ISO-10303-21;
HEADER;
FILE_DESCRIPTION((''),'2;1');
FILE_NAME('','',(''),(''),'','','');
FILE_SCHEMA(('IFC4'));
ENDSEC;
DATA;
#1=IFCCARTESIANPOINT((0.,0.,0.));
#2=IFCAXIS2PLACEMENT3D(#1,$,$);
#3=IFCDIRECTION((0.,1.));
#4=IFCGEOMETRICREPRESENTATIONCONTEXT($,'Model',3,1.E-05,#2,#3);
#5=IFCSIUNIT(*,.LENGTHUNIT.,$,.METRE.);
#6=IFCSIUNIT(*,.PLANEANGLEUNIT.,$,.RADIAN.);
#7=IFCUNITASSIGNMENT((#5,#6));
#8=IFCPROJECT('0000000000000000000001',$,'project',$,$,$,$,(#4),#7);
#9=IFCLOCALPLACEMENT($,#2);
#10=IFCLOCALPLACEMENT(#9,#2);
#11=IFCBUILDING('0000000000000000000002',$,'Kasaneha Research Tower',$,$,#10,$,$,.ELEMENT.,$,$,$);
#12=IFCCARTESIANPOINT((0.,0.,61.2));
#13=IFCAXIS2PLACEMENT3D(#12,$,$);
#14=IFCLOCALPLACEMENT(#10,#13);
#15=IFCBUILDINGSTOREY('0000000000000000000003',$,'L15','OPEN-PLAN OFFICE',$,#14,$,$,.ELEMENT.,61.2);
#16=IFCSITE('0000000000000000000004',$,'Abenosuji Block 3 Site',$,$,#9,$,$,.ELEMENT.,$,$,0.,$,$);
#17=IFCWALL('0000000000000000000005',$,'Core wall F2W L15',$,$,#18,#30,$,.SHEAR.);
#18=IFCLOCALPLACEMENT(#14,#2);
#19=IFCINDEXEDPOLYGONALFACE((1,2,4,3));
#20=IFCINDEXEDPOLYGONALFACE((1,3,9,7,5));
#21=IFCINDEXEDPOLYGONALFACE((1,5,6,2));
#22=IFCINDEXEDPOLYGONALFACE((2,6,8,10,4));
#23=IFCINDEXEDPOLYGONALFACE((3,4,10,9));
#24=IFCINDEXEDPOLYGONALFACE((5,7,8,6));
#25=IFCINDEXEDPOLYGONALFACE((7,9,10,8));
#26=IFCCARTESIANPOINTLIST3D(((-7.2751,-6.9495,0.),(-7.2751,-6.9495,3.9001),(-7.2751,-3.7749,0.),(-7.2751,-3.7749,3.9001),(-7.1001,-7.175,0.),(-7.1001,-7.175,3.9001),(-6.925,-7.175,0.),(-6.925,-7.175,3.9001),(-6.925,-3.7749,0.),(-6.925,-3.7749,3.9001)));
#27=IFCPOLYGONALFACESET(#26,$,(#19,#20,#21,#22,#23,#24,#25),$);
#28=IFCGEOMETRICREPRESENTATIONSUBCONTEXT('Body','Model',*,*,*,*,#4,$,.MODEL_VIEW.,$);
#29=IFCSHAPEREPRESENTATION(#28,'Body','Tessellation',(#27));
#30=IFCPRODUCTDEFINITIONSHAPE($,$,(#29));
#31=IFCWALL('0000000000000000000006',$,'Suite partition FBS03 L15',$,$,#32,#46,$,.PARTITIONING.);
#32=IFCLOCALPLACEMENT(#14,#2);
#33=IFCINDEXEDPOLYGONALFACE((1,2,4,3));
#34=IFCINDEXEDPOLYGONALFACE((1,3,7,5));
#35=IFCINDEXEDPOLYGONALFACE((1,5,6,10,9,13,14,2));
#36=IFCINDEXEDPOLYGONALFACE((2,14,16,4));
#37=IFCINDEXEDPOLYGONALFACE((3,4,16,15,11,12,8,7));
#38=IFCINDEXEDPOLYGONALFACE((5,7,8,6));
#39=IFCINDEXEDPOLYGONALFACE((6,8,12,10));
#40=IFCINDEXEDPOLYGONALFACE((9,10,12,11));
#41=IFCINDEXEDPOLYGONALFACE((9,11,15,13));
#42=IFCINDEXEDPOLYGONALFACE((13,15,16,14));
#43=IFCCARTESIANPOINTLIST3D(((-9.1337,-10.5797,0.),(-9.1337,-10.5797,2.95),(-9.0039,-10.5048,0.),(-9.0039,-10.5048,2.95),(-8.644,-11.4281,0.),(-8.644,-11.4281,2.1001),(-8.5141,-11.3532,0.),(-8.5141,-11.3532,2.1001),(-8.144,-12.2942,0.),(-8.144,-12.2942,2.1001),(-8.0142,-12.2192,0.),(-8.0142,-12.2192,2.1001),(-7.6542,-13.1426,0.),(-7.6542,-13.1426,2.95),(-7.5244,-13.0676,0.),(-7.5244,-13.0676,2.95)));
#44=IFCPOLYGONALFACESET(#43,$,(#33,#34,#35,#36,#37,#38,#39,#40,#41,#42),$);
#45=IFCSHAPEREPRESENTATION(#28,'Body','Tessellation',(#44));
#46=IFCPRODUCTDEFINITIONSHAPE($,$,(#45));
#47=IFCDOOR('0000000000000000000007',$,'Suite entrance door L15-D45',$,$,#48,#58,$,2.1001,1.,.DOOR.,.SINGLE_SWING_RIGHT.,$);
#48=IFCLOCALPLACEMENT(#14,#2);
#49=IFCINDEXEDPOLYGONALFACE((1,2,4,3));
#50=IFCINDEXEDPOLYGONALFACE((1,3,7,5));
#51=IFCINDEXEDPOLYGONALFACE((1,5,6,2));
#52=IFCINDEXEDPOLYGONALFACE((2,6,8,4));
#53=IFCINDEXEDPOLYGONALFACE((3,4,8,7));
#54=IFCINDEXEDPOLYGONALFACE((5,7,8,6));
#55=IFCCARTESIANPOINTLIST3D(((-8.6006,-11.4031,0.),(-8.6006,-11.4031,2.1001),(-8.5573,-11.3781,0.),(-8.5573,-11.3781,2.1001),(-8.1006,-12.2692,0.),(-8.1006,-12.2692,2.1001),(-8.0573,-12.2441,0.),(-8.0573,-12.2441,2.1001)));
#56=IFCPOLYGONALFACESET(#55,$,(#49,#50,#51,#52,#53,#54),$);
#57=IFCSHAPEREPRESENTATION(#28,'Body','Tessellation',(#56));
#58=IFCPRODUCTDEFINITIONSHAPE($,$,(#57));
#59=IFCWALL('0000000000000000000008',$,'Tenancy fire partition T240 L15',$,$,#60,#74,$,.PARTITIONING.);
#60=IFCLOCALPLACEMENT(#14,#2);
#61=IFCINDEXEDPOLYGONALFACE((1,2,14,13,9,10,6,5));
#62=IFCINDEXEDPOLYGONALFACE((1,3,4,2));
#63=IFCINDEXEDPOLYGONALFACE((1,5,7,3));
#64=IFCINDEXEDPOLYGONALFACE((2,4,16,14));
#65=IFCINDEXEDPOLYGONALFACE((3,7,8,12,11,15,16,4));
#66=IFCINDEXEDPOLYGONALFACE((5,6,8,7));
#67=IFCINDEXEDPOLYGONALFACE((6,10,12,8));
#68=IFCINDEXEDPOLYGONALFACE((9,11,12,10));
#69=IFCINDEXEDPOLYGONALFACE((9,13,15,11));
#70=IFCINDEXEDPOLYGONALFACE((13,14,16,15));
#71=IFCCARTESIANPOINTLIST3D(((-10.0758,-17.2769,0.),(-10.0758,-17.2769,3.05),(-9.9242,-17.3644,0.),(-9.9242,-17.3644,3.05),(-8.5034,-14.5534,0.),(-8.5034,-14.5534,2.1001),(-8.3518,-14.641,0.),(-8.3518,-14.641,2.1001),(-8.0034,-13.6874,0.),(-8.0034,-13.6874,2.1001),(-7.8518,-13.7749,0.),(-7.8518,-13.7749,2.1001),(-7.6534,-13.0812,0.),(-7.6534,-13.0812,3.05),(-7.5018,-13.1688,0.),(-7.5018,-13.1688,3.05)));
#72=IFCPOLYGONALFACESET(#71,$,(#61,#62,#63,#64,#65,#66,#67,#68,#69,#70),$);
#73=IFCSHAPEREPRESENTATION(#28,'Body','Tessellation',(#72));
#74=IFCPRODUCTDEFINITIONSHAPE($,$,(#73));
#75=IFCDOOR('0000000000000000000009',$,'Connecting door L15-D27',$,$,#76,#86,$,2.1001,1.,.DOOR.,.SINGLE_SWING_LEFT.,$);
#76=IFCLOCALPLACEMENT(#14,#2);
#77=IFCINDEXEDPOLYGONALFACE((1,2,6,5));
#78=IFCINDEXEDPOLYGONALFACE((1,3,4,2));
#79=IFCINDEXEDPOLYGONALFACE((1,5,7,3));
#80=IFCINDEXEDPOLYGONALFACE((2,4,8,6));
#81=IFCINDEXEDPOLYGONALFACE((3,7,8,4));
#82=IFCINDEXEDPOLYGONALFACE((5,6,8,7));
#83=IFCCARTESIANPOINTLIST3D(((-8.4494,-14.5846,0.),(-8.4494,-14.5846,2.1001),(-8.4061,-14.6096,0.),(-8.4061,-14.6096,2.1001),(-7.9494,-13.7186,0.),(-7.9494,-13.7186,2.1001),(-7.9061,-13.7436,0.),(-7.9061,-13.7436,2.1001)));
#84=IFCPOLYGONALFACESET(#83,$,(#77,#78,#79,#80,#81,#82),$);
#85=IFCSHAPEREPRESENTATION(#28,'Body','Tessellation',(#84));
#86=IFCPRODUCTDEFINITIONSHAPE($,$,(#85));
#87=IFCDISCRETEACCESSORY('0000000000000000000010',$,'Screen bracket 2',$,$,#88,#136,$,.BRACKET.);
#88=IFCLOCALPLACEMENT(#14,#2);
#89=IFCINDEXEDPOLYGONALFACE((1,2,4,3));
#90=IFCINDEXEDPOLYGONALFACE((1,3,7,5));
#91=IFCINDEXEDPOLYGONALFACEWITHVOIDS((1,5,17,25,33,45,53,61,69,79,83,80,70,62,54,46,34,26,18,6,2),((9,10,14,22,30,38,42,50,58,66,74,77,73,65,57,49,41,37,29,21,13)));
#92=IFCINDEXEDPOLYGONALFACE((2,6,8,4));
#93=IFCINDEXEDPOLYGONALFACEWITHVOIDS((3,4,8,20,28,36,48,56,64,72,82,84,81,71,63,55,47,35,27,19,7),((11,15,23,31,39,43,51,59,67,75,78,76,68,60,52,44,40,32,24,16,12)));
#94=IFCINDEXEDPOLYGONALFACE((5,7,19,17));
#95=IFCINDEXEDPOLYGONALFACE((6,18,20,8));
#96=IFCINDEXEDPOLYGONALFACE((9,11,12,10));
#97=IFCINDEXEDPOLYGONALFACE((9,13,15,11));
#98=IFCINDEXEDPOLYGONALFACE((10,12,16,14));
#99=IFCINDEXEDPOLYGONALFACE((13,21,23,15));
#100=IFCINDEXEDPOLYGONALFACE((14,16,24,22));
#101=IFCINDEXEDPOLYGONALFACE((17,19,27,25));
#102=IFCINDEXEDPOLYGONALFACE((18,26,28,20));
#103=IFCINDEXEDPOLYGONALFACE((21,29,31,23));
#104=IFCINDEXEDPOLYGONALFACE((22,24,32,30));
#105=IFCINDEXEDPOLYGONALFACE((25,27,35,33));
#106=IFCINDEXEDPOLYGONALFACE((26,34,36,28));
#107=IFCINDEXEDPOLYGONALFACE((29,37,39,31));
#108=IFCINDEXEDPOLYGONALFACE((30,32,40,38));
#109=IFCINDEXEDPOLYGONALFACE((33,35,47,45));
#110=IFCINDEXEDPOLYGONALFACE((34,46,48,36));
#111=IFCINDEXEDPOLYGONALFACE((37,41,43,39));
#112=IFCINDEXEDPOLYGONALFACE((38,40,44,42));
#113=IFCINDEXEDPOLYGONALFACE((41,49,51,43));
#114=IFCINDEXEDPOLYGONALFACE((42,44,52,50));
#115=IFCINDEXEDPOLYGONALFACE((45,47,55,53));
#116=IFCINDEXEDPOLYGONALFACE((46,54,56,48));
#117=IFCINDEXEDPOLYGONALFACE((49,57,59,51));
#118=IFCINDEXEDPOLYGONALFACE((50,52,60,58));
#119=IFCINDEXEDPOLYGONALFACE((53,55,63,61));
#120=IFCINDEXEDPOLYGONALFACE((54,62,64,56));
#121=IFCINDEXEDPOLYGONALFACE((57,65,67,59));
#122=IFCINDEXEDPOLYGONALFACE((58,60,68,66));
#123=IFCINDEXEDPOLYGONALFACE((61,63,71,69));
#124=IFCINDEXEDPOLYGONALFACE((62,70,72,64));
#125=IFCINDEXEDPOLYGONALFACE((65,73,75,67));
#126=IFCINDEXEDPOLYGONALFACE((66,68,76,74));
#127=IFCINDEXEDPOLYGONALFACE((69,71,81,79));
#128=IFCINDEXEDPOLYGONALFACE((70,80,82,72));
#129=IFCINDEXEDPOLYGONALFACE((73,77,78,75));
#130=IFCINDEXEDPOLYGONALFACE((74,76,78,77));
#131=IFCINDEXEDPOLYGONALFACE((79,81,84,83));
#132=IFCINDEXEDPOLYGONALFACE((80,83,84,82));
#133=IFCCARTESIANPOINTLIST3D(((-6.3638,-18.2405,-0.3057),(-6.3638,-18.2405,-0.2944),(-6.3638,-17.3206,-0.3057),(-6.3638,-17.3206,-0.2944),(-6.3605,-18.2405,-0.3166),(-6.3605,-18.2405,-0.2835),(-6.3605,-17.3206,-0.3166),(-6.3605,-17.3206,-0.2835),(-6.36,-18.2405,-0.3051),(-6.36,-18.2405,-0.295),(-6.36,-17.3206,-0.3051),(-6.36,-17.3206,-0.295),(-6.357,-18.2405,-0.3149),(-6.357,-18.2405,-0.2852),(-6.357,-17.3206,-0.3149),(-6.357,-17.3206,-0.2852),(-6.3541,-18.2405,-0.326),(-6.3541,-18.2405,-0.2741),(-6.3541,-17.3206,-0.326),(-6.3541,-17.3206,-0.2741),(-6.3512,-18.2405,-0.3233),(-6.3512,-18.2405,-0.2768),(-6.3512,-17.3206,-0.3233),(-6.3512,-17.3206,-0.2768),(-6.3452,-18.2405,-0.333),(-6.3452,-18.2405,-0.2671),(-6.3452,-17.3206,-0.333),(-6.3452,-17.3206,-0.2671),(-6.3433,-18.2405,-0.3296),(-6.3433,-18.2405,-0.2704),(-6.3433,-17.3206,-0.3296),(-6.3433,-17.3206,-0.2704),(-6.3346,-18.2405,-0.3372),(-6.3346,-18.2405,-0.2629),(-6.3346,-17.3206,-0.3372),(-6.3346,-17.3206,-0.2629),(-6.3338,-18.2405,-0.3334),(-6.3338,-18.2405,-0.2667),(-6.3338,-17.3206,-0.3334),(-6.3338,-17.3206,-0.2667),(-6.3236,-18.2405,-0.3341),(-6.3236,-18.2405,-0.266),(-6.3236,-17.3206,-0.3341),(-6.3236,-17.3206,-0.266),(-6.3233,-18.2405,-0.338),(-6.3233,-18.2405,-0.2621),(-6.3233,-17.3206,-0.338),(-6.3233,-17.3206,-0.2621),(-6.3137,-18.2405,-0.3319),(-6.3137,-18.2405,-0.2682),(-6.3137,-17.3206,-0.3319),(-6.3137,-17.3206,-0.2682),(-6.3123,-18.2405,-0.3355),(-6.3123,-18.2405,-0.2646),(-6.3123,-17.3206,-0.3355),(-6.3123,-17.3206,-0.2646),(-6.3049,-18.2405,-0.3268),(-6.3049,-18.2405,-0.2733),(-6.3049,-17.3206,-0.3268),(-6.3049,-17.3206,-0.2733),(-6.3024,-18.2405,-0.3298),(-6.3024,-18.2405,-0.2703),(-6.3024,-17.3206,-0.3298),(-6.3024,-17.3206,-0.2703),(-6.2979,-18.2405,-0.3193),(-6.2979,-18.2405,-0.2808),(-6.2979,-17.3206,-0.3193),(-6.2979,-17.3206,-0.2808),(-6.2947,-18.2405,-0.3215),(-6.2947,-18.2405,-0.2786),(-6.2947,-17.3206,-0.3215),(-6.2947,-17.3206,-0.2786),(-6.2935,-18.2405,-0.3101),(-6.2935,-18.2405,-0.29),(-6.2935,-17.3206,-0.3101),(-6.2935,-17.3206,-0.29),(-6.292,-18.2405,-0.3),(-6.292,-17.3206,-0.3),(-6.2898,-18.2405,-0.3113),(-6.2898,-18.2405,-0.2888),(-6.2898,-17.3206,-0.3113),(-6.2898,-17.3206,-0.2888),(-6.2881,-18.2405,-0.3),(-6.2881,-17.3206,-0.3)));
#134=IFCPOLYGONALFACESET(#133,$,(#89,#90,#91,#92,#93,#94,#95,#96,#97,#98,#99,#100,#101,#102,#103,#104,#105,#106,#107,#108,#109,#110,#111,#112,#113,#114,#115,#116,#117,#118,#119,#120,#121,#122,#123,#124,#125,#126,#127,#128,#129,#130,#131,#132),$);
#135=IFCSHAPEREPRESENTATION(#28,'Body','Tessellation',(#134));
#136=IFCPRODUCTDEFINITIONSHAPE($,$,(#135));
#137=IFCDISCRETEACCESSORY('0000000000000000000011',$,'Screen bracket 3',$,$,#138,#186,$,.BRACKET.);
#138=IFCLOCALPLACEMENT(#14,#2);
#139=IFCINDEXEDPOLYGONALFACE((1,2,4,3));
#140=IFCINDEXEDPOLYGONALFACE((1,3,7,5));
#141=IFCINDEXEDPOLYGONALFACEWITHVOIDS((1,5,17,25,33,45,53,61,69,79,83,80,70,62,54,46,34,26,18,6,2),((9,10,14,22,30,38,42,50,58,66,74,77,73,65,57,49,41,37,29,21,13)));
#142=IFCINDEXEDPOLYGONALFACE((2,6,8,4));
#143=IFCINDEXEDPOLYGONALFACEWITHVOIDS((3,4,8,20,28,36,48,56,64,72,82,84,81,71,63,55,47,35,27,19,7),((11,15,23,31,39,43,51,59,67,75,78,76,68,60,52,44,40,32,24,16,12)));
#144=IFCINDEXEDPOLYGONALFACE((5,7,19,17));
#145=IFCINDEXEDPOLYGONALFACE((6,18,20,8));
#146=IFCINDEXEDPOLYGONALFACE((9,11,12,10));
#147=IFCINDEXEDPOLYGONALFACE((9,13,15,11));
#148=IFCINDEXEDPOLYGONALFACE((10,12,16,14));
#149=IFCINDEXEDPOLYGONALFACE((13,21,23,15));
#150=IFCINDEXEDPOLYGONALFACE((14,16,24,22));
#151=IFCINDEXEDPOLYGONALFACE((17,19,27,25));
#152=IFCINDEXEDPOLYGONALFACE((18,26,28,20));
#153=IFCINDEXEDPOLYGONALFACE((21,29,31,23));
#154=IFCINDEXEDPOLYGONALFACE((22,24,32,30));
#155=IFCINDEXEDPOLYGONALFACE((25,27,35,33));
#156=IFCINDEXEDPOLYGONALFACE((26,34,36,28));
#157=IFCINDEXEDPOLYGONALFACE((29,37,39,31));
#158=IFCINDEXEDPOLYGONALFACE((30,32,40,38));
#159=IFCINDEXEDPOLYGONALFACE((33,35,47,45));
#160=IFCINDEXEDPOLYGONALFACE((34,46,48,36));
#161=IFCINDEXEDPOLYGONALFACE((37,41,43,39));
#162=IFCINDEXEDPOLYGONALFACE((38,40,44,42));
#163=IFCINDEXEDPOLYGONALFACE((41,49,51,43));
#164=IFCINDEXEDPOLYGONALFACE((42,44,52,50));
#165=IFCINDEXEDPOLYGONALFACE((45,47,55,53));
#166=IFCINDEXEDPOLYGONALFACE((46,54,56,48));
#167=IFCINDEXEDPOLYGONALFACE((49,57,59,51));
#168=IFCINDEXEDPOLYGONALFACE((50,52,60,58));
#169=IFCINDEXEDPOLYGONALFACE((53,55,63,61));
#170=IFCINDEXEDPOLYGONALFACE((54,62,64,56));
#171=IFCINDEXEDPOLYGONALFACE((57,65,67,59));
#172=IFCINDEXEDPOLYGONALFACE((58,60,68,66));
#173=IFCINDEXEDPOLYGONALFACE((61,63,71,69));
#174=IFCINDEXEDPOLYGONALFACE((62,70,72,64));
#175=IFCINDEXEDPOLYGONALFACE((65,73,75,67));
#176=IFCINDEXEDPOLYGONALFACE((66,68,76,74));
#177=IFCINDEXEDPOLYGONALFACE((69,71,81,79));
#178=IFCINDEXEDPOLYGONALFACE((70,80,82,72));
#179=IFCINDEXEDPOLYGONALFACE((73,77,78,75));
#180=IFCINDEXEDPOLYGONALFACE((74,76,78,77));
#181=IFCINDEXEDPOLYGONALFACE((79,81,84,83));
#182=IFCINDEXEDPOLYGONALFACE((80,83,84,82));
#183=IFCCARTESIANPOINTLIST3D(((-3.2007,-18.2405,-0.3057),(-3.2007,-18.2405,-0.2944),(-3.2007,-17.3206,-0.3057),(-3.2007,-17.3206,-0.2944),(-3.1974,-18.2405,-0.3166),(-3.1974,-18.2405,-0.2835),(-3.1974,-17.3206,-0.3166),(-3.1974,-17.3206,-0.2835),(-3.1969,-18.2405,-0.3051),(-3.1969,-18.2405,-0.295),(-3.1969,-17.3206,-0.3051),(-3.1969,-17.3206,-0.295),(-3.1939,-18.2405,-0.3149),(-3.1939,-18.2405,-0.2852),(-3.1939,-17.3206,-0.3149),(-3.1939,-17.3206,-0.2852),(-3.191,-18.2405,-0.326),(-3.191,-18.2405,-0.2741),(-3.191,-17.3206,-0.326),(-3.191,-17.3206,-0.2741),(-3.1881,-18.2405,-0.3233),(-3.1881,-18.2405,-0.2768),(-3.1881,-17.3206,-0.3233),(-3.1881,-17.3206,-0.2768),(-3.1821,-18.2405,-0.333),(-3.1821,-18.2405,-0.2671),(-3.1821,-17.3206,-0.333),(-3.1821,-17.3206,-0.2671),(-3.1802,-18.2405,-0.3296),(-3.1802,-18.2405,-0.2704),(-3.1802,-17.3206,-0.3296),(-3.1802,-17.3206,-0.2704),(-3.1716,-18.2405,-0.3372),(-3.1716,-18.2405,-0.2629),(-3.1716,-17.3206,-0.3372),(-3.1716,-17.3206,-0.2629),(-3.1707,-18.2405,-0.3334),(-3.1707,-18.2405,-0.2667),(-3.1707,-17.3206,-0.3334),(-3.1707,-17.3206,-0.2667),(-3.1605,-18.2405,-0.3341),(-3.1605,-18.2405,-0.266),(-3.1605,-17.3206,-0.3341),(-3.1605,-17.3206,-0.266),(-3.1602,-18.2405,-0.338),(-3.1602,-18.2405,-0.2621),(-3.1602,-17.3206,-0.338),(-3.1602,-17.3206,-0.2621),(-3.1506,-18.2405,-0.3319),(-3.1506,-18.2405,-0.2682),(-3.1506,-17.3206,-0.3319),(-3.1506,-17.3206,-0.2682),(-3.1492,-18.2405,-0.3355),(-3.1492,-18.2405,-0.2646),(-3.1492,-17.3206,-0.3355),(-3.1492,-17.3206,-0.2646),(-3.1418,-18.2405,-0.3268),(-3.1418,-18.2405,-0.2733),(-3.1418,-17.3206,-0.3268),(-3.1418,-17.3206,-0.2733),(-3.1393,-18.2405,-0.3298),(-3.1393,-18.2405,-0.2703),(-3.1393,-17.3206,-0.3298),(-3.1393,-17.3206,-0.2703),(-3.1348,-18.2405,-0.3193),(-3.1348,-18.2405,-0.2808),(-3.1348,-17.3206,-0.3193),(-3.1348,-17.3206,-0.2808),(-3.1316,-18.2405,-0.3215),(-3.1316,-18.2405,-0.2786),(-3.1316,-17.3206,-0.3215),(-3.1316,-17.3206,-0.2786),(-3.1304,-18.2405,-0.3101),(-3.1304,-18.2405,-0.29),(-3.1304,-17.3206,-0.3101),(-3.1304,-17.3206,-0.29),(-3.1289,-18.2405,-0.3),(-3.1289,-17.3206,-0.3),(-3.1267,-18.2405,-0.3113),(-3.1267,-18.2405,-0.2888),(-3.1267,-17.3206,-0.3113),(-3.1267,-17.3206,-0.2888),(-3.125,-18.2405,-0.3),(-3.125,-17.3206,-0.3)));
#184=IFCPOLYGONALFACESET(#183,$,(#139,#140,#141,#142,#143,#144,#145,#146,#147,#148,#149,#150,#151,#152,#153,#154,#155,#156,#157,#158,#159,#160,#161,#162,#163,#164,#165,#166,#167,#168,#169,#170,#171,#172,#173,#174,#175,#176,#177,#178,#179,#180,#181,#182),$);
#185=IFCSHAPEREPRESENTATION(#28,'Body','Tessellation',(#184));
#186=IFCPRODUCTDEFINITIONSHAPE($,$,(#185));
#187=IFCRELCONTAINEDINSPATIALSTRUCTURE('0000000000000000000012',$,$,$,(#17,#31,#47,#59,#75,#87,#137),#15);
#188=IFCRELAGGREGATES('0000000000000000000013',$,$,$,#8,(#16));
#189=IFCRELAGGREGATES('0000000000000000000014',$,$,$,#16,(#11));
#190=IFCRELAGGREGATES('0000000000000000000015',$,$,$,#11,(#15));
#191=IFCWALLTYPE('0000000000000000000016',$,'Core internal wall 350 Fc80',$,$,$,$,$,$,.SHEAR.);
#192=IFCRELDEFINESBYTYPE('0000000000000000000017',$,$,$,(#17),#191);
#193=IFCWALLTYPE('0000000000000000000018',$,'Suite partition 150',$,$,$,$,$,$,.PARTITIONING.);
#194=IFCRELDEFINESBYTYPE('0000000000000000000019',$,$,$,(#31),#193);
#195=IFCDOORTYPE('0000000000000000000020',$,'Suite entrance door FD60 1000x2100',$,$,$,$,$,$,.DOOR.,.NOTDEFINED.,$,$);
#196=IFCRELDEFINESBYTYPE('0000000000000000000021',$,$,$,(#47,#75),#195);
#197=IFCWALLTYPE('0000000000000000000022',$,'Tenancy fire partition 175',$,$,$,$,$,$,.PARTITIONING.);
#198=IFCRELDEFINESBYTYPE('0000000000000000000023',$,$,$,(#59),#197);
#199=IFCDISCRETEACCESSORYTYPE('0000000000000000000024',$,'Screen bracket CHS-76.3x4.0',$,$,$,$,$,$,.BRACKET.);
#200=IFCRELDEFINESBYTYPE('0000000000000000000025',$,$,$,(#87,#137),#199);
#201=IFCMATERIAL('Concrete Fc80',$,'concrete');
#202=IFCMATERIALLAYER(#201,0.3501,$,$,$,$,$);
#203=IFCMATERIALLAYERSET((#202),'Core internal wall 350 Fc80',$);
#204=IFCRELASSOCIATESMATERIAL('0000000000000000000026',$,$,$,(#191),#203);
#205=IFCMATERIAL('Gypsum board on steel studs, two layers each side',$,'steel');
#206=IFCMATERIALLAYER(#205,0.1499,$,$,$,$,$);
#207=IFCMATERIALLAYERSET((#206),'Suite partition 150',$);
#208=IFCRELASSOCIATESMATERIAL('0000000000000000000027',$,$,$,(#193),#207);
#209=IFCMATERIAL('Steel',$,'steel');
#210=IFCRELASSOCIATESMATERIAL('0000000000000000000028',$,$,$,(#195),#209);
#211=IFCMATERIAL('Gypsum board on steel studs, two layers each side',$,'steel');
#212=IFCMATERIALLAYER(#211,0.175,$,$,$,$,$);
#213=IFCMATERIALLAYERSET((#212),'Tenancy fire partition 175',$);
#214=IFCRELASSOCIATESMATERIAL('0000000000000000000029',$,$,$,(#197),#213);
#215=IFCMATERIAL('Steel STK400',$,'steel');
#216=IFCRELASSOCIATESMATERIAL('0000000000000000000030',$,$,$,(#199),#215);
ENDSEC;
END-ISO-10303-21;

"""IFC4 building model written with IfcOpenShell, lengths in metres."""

from ifc_helpers import new_model, si_unit, direction, frame, frame_2d, origin, origin_2d, place, context, subcontext, project, spatial, polyline, rectangle, hollow_circle, outline, extrude, material, layer, layer_set, material_profile, profile_set, type_object, element, fill, save


model = new_model("IFC4")

# Units and contexts
model_context = context("Model", 3, precision=1e-05, world=origin(), true_north=direction((0.0, 1.0)))
body_context = subcontext(model_context, "Body", "Model", "MODEL_VIEW")
ifc_project = project(units=[si_unit("LENGTHUNIT", "METRE"), si_unit("PLANEANGLEUNIT", "RADIAN")], contexts=[model_context])

# Site, building, storey
site_placement = place(None, origin())
site = spatial("IfcSite", under=ifc_project, at=site_placement, Name="Abenosuji Block 3 Site", CompositionType="ELEMENT", RefElevation=0.0)
building_placement = place(site_placement, origin())
building = spatial("IfcBuilding", under=site, at=building_placement, Name="Kasaneha Research Tower", CompositionType="ELEMENT")
storey_placement = place(building_placement, frame((0.0, 0.0, 61.2)))
storey = spatial("IfcBuildingStorey", under=building, at=storey_placement, Name="L15", Description="OPEN-PLAN OFFICE", CompositionType="ELEMENT", Elevation=61.2)

# Shared definitions
ifc_material_1 = material(Name="Concrete Fc80", Category="concrete")
ifc_layer_1 = layer(ifc_material_1, 0.3501)
ifc_layer_set_1 = layer_set([ifc_layer_1], Name="Core internal wall 350 Fc80")
wall_type_1 = type_object("IfcWallType", Name="Core internal wall 350 Fc80", PredefinedType="SHEAR", material=ifc_layer_set_1)

# Wall
wall_1_placement = place(storey_placement, frame((-7.1001, -3.7749, 0.0), z_axis=(0.0, 0.0, 1.0), x_axis=(0.0, -1.0, 0.0)))
element("IfcWall", 1, at=wall_1_placement, inside=storey, type_object=wall_type_1, Name="Core wall F2W L15", PredefinedType="SHEAR", context=body_context, shape_type="SweptSolid", body=[
    extrude(outline(polyline([(0.0, -0.175), (3.1746, -0.175), (3.4001, 0.0), (3.4001, 0.175), (0.0, 0.175), (0.0, -0.175)])), origin(), (0.0, 0.0, 1.0), 3.9001),
])

# Walls, openings, doors
ifc_material_2 = material(Name="Gypsum board on steel studs, two layers each side", Category="steel")
ifc_layer_2 = layer(ifc_material_2, 0.1499)
ifc_layer_set_2 = layer_set([ifc_layer_2], Name="Suite partition 150")
wall_type_2 = type_object("IfcWallType", Name="Suite partition 150", PredefinedType="PARTITIONING", material=ifc_layer_set_2)
wall_2_placement = place(storey_placement, frame((-7.5894, -13.105, 0.0), z_axis=(0.0, 0.0, 1.0), x_axis=(-0.499972, 0.866041, 0.0)))
wall_2 = element("IfcWall", 2, at=wall_2_placement, inside=storey, type_object=wall_type_2, Name="Suite partition FBS03 L15", PredefinedType="PARTITIONING", context=body_context, shape_type="SweptSolid", body=[
    extrude(rectangle(XDim=2.9592, YDim=0.1499, at=frame_2d((1.4795, 0.0))), origin(), (0.0, 0.0, 1.0), 2.95),
])
opening_1_placement = place(wall_2_placement, frame((0.9795, 0.0, 0.0)))
opening_1 = element("IfcOpeningElement", 3, at=opening_1_placement, cuts=wall_2, PredefinedType="OPENING", context=body_context, shape_type="SweptSolid", body=[
    extrude(rectangle(XDim=1.0, YDim=2.1001, at=frame_2d((0.5, 1.05))), frame((0.0, 0.085, 0.0), z_axis=(0.0, -1.0, 0.0), x_axis=(1.0, 0.0, 0.0)), (0.0, 0.0, 1.0), 0.1699),
])
ifc_material_3 = material(Name="Steel", Category="steel")
door_type_1 = type_object("IfcDoorType", Name="Suite entrance door FD60 1000x2100", OperationType="NOTDEFINED", PredefinedType="DOOR", material=ifc_material_3)
door_1_placement = place(opening_1_placement, origin())
door_1 = element("IfcDoor", 4, at=door_1_placement, inside=storey, type_object=door_type_1, Name="Suite entrance door L15-D45", OperationType="SINGLE_SWING_RIGHT", OverallHeight=2.1001, OverallWidth=1.0, PredefinedType="DOOR", context=body_context, shape_type="SweptSolid", body=[
    extrude(rectangle(XDim=1.0, YDim=2.1001, at=frame_2d((0.5, 1.05))), frame((0.0, 0.0249, 0.0), z_axis=(0.0, -1.0, 0.0), x_axis=(1.0, 0.0, 0.0)), (0.0, 0.0, 1.0), 0.05),
])
fill(opening_1, door_1)
ifc_material_4 = material(Name="Gypsum board on steel studs, two layers each side", Category="steel")
ifc_layer_3 = layer(ifc_material_4, 0.175)
ifc_layer_set_3 = layer_set([ifc_layer_3], Name="Tenancy fire partition 175")
wall_type_3 = type_object("IfcWallType", Name="Tenancy fire partition 175", PredefinedType="PARTITIONING", material=ifc_layer_set_3)
wall_3_placement = place(storey_placement, frame((-7.5776, -13.125, 0.0), z_axis=(0.0, 0.0, 1.0), x_axis=(-0.500009, -0.86602, 0.0)))
wall_3 = element("IfcWall", 5, at=wall_3_placement, inside=storey, type_object=wall_type_3, Name="Tenancy fire partition T240 L15", PredefinedType="PARTITIONING", context=body_context, shape_type="SweptSolid", body=[
    extrude(rectangle(XDim=4.8447, YDim=0.175, at=frame_2d((2.4224, 0.0))), origin(), (0.0, 0.0, 1.0), 3.05),
])
opening_2_placement = place(wall_3_placement, frame((0.7, 0.0, 0.0)))
opening_2 = element("IfcOpeningElement", 6, at=opening_2_placement, cuts=wall_3, PredefinedType="OPENING", context=body_context, shape_type="SweptSolid", body=[
    extrude(rectangle(XDim=1.0, YDim=2.1001, at=frame_2d((0.5, 1.05))), frame((0.0, 0.0977, 0.0), z_axis=(0.0, -1.0, 0.0), x_axis=(1.0, 0.0, 0.0)), (0.0, 0.0, 1.0), 0.1951),
])
door_2_placement = place(opening_2_placement, origin())
door_2 = element("IfcDoor", 7, at=door_2_placement, inside=storey, type_object=door_type_1, Name="Connecting door L15-D27", OperationType="SINGLE_SWING_LEFT", OverallHeight=2.1001, OverallWidth=1.0, PredefinedType="DOOR", context=body_context, shape_type="SweptSolid", body=[
    extrude(rectangle(XDim=1.0, YDim=2.1001, at=frame_2d((0.5, 1.05))), frame((0.0, 0.0249, 0.0), z_axis=(0.0, -1.0, 0.0), x_axis=(1.0, 0.0, 0.0)), (0.0, 0.0, 1.0), 0.05),
])
fill(opening_2, door_2)

# Discrete accessories
ifc_material_5 = material(Name="Steel STK400", Category="steel")
ifc_material_profile_1 = material_profile(ifc_material_5, hollow_circle(Radius=0.0381, WallThickness=0.0039, at=origin_2d()), Name="CHS-76.3x4.0")
ifc_profile_set_1 = profile_set([ifc_material_profile_1], Name="Steel STK400")
discrete_accessory_type = type_object("IfcDiscreteAccessoryType", Name="Screen bracket CHS-76.3x4.0", PredefinedType="BRACKET", material=ifc_profile_set_1)
for number, where, z_axis, x_axis, name in (
    (8, (-6.3262, -17.3206, -0.3), (0.0, -1.0, 0.0), (1.0, 0.0, 0.0), "Screen bracket 2"),
    (9, (-3.1631, -17.3206, -0.3), (0.0, -1.0, 0.0), (1.0, 0.0, 0.0), "Screen bracket 3"),
):
    element("IfcDiscreteAccessory", number, at=place(storey_placement, frame(where, z_axis=z_axis, x_axis=x_axis)), inside=storey, type_object=discrete_accessory_type, Name=name, PredefinedType="BRACKET", context=body_context, shape_type="SweptSolid", body=[
        extrude(hollow_circle(Radius=0.0381, WallThickness=0.0039, at=origin_2d()), origin(), (0.0, 0.0, 1.0), 0.9199),
    ])

save(model, "model.ifc")
